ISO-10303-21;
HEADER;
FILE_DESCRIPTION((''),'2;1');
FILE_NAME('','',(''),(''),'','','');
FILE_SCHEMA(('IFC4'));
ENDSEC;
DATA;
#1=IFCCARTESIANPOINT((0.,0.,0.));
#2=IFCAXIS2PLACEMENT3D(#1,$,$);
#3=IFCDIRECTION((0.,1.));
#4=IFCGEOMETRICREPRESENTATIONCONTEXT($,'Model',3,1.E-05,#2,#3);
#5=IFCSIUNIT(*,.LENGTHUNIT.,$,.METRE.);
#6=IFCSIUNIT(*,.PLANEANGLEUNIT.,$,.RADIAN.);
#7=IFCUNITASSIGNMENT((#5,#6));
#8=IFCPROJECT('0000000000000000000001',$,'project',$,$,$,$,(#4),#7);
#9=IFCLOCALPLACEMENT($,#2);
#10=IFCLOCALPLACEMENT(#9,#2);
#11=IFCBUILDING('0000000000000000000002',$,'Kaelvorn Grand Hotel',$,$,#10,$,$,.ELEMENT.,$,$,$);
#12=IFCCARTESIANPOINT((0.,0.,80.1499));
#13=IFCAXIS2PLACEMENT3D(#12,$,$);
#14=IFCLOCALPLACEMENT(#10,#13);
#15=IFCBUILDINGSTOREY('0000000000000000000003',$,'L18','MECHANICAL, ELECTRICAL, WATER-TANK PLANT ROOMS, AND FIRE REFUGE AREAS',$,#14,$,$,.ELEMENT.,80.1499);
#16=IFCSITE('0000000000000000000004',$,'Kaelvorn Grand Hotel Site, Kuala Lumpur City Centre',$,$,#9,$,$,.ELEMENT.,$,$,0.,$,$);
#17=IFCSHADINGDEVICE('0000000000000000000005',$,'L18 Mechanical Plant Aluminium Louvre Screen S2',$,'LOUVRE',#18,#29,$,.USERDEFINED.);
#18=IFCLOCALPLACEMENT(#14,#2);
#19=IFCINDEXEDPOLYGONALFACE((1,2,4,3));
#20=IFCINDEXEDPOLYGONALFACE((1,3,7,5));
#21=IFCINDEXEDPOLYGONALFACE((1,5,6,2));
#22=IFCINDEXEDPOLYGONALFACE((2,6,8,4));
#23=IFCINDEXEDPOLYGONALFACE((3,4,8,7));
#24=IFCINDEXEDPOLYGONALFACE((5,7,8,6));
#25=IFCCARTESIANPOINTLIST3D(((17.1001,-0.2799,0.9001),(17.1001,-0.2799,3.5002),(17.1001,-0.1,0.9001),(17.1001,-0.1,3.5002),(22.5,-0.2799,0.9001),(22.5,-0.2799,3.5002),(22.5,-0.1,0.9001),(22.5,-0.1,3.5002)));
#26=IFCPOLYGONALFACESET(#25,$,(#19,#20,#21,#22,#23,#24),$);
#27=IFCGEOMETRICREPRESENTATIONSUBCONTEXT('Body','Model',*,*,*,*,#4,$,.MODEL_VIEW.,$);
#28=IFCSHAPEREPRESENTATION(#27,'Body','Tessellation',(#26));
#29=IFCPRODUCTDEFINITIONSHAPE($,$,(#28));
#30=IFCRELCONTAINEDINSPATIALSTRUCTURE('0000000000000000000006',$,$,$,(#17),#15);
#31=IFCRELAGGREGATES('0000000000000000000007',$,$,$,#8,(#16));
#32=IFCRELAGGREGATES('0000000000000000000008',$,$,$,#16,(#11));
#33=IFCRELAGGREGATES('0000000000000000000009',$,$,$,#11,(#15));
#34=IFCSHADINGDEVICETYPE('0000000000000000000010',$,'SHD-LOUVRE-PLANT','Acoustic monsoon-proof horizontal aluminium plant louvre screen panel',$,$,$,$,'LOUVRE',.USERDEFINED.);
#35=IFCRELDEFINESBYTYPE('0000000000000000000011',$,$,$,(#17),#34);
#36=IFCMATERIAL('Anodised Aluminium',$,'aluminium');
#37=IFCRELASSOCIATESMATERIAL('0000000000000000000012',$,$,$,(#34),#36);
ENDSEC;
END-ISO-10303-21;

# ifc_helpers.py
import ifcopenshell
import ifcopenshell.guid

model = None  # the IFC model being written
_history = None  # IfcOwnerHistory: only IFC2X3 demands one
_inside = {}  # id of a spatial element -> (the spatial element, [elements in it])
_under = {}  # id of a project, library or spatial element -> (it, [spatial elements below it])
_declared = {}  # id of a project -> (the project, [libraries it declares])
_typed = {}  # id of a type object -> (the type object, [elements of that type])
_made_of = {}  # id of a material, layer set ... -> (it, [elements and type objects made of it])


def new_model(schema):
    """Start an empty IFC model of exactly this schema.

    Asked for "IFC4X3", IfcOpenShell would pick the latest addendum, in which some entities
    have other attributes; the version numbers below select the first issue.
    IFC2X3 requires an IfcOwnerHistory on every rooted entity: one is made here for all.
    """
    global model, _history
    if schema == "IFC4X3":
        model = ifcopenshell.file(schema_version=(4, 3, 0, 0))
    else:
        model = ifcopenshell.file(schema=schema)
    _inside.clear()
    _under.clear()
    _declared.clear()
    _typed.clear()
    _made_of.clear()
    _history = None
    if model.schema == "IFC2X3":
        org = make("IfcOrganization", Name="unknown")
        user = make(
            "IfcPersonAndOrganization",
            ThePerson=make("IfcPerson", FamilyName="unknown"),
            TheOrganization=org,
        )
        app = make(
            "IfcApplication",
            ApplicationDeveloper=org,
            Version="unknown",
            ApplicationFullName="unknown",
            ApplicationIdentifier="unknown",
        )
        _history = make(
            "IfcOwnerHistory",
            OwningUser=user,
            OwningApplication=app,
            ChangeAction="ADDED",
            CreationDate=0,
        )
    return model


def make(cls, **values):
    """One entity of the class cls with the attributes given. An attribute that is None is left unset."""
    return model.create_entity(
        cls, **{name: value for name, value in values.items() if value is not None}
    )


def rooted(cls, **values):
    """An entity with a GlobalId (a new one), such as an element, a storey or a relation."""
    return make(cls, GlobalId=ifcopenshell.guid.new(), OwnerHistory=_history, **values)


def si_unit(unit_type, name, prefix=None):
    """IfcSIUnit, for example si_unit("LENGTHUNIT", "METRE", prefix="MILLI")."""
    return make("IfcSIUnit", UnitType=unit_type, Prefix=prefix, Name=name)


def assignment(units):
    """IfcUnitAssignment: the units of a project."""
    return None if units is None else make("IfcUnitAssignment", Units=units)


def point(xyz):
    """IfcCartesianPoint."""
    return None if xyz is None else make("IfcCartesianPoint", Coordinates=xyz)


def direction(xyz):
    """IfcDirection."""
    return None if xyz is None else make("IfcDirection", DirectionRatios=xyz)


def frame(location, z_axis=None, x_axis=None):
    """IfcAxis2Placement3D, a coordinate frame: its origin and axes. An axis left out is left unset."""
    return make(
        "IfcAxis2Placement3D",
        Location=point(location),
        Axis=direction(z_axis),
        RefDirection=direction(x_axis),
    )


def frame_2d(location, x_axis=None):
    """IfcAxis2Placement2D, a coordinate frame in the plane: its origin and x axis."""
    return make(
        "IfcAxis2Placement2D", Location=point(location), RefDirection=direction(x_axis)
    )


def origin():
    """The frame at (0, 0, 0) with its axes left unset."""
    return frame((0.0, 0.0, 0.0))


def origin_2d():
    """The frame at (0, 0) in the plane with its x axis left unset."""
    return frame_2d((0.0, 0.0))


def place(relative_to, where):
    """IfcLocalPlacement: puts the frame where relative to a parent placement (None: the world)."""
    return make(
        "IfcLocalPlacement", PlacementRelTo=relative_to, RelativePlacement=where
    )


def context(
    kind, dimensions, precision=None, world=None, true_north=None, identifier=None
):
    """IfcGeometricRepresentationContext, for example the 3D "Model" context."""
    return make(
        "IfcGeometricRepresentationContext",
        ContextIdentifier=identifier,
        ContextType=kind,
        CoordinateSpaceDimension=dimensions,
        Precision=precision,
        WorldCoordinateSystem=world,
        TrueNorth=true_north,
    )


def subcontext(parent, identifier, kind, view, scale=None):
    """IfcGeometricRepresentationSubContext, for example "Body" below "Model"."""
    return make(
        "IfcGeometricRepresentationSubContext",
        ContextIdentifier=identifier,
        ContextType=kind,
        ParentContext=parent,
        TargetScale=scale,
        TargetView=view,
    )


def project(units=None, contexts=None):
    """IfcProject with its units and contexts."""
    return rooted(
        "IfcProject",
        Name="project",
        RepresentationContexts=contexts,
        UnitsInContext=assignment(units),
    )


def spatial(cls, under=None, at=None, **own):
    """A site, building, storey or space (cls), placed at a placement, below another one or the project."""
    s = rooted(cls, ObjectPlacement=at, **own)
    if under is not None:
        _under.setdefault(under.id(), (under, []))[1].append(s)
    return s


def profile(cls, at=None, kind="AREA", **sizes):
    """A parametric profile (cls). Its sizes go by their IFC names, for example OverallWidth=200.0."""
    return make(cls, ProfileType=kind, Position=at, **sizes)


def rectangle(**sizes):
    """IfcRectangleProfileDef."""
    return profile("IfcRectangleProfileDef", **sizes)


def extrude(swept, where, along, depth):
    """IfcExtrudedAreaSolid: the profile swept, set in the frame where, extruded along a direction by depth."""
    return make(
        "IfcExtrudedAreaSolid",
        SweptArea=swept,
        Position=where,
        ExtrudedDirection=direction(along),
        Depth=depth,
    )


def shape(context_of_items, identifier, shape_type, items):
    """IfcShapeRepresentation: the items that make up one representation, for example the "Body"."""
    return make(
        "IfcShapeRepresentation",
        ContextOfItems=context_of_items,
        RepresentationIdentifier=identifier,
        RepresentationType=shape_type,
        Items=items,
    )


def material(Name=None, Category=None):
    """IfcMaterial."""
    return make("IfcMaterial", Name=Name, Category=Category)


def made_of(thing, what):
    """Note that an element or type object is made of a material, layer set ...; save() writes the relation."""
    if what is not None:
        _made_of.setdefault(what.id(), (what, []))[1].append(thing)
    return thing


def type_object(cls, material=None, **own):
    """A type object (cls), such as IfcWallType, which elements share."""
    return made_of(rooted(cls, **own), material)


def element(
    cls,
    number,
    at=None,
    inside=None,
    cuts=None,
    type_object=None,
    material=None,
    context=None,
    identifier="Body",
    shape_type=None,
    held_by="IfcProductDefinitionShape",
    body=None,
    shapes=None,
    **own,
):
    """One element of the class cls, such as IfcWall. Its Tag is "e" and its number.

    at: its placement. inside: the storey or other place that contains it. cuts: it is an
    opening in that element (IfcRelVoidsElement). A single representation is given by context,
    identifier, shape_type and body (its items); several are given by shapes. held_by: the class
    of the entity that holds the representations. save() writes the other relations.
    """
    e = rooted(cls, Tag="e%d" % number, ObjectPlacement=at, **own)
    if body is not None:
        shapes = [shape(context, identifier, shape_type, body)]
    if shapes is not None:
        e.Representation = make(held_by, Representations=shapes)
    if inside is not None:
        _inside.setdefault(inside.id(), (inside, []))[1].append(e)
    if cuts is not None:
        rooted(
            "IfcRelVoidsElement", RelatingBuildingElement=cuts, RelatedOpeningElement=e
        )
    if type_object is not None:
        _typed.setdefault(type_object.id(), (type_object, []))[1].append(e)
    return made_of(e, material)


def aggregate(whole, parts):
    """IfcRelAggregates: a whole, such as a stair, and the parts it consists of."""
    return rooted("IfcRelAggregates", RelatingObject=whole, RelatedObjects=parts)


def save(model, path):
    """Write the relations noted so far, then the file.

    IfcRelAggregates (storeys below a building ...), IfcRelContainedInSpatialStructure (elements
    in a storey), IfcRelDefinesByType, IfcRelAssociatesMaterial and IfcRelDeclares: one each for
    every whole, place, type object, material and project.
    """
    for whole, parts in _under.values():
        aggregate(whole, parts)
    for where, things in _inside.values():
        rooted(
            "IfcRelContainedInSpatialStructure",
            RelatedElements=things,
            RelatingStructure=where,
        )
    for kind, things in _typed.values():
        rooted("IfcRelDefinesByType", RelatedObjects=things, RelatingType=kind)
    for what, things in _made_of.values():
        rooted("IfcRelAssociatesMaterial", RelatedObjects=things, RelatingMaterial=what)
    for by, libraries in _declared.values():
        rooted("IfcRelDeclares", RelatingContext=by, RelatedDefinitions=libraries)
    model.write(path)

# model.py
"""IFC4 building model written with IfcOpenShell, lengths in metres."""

from ifc_helpers import new_model, si_unit, direction, frame, origin, origin_2d, place, context, subcontext, project, spatial, rectangle, extrude, material, type_object, element, save


model = new_model("IFC4")

# Units and contexts
model_context = context("Model", 3, precision=1e-05, world=origin(), true_north=direction((0.0, 1.0)))
body_context = subcontext(model_context, "Body", "Model", "MODEL_VIEW")
ifc_project = project(units=[si_unit("LENGTHUNIT", "METRE"), si_unit("PLANEANGLEUNIT", "RADIAN")], contexts=[model_context])

# Site, building, storey
site_placement = place(None, origin())
site = spatial("IfcSite", under=ifc_project, at=site_placement, Name="Kaelvorn Grand Hotel Site, Kuala Lumpur City Centre", CompositionType="ELEMENT", RefElevation=0.0)
building_placement = place(site_placement, origin())
building = spatial("IfcBuilding", under=site, at=building_placement, Name="Kaelvorn Grand Hotel", CompositionType="ELEMENT")
storey_placement = place(building_placement, frame((0.0, 0.0, 80.1499)))
storey = spatial("IfcBuildingStorey", under=building, at=storey_placement, Name="L18", Description="MECHANICAL, ELECTRICAL, WATER-TANK PLANT ROOMS, AND FIRE REFUGE AREAS", CompositionType="ELEMENT", Elevation=80.1499)

# Shading device
ifc_material_1 = material(Name="Anodised Aluminium", Category="aluminium")
shading_device_type = type_object("IfcShadingDeviceType", Name="SHD-LOUVRE-PLANT", Description="Acoustic monsoon-proof horizontal aluminium plant louvre screen panel", ElementType="LOUVRE", PredefinedType="USERDEFINED", material=ifc_material_1)
for number, where, z_axis, x_axis, name in (
    (1, (19.8, -0.1899, 0.9001), (0.0, 0.0, 1.0), (1.0, 0.0, 0.0), "L18 Mechanical Plant Aluminium Louvre Screen S2"),
):
    element("IfcShadingDevice", number, at=place(storey_placement, frame(where, z_axis=z_axis, x_axis=x_axis)), inside=storey, type_object=shading_device_type, Name=name, ObjectType="LOUVRE", PredefinedType="USERDEFINED", context=body_context, shape_type="SweptSolid", body=[
        extrude(rectangle(XDim=5.3999, YDim=0.1799, at=origin_2d()), origin(), (0.0, 0.0, 1.0), 2.6001),
    ])

save(model, "model.ifc")
